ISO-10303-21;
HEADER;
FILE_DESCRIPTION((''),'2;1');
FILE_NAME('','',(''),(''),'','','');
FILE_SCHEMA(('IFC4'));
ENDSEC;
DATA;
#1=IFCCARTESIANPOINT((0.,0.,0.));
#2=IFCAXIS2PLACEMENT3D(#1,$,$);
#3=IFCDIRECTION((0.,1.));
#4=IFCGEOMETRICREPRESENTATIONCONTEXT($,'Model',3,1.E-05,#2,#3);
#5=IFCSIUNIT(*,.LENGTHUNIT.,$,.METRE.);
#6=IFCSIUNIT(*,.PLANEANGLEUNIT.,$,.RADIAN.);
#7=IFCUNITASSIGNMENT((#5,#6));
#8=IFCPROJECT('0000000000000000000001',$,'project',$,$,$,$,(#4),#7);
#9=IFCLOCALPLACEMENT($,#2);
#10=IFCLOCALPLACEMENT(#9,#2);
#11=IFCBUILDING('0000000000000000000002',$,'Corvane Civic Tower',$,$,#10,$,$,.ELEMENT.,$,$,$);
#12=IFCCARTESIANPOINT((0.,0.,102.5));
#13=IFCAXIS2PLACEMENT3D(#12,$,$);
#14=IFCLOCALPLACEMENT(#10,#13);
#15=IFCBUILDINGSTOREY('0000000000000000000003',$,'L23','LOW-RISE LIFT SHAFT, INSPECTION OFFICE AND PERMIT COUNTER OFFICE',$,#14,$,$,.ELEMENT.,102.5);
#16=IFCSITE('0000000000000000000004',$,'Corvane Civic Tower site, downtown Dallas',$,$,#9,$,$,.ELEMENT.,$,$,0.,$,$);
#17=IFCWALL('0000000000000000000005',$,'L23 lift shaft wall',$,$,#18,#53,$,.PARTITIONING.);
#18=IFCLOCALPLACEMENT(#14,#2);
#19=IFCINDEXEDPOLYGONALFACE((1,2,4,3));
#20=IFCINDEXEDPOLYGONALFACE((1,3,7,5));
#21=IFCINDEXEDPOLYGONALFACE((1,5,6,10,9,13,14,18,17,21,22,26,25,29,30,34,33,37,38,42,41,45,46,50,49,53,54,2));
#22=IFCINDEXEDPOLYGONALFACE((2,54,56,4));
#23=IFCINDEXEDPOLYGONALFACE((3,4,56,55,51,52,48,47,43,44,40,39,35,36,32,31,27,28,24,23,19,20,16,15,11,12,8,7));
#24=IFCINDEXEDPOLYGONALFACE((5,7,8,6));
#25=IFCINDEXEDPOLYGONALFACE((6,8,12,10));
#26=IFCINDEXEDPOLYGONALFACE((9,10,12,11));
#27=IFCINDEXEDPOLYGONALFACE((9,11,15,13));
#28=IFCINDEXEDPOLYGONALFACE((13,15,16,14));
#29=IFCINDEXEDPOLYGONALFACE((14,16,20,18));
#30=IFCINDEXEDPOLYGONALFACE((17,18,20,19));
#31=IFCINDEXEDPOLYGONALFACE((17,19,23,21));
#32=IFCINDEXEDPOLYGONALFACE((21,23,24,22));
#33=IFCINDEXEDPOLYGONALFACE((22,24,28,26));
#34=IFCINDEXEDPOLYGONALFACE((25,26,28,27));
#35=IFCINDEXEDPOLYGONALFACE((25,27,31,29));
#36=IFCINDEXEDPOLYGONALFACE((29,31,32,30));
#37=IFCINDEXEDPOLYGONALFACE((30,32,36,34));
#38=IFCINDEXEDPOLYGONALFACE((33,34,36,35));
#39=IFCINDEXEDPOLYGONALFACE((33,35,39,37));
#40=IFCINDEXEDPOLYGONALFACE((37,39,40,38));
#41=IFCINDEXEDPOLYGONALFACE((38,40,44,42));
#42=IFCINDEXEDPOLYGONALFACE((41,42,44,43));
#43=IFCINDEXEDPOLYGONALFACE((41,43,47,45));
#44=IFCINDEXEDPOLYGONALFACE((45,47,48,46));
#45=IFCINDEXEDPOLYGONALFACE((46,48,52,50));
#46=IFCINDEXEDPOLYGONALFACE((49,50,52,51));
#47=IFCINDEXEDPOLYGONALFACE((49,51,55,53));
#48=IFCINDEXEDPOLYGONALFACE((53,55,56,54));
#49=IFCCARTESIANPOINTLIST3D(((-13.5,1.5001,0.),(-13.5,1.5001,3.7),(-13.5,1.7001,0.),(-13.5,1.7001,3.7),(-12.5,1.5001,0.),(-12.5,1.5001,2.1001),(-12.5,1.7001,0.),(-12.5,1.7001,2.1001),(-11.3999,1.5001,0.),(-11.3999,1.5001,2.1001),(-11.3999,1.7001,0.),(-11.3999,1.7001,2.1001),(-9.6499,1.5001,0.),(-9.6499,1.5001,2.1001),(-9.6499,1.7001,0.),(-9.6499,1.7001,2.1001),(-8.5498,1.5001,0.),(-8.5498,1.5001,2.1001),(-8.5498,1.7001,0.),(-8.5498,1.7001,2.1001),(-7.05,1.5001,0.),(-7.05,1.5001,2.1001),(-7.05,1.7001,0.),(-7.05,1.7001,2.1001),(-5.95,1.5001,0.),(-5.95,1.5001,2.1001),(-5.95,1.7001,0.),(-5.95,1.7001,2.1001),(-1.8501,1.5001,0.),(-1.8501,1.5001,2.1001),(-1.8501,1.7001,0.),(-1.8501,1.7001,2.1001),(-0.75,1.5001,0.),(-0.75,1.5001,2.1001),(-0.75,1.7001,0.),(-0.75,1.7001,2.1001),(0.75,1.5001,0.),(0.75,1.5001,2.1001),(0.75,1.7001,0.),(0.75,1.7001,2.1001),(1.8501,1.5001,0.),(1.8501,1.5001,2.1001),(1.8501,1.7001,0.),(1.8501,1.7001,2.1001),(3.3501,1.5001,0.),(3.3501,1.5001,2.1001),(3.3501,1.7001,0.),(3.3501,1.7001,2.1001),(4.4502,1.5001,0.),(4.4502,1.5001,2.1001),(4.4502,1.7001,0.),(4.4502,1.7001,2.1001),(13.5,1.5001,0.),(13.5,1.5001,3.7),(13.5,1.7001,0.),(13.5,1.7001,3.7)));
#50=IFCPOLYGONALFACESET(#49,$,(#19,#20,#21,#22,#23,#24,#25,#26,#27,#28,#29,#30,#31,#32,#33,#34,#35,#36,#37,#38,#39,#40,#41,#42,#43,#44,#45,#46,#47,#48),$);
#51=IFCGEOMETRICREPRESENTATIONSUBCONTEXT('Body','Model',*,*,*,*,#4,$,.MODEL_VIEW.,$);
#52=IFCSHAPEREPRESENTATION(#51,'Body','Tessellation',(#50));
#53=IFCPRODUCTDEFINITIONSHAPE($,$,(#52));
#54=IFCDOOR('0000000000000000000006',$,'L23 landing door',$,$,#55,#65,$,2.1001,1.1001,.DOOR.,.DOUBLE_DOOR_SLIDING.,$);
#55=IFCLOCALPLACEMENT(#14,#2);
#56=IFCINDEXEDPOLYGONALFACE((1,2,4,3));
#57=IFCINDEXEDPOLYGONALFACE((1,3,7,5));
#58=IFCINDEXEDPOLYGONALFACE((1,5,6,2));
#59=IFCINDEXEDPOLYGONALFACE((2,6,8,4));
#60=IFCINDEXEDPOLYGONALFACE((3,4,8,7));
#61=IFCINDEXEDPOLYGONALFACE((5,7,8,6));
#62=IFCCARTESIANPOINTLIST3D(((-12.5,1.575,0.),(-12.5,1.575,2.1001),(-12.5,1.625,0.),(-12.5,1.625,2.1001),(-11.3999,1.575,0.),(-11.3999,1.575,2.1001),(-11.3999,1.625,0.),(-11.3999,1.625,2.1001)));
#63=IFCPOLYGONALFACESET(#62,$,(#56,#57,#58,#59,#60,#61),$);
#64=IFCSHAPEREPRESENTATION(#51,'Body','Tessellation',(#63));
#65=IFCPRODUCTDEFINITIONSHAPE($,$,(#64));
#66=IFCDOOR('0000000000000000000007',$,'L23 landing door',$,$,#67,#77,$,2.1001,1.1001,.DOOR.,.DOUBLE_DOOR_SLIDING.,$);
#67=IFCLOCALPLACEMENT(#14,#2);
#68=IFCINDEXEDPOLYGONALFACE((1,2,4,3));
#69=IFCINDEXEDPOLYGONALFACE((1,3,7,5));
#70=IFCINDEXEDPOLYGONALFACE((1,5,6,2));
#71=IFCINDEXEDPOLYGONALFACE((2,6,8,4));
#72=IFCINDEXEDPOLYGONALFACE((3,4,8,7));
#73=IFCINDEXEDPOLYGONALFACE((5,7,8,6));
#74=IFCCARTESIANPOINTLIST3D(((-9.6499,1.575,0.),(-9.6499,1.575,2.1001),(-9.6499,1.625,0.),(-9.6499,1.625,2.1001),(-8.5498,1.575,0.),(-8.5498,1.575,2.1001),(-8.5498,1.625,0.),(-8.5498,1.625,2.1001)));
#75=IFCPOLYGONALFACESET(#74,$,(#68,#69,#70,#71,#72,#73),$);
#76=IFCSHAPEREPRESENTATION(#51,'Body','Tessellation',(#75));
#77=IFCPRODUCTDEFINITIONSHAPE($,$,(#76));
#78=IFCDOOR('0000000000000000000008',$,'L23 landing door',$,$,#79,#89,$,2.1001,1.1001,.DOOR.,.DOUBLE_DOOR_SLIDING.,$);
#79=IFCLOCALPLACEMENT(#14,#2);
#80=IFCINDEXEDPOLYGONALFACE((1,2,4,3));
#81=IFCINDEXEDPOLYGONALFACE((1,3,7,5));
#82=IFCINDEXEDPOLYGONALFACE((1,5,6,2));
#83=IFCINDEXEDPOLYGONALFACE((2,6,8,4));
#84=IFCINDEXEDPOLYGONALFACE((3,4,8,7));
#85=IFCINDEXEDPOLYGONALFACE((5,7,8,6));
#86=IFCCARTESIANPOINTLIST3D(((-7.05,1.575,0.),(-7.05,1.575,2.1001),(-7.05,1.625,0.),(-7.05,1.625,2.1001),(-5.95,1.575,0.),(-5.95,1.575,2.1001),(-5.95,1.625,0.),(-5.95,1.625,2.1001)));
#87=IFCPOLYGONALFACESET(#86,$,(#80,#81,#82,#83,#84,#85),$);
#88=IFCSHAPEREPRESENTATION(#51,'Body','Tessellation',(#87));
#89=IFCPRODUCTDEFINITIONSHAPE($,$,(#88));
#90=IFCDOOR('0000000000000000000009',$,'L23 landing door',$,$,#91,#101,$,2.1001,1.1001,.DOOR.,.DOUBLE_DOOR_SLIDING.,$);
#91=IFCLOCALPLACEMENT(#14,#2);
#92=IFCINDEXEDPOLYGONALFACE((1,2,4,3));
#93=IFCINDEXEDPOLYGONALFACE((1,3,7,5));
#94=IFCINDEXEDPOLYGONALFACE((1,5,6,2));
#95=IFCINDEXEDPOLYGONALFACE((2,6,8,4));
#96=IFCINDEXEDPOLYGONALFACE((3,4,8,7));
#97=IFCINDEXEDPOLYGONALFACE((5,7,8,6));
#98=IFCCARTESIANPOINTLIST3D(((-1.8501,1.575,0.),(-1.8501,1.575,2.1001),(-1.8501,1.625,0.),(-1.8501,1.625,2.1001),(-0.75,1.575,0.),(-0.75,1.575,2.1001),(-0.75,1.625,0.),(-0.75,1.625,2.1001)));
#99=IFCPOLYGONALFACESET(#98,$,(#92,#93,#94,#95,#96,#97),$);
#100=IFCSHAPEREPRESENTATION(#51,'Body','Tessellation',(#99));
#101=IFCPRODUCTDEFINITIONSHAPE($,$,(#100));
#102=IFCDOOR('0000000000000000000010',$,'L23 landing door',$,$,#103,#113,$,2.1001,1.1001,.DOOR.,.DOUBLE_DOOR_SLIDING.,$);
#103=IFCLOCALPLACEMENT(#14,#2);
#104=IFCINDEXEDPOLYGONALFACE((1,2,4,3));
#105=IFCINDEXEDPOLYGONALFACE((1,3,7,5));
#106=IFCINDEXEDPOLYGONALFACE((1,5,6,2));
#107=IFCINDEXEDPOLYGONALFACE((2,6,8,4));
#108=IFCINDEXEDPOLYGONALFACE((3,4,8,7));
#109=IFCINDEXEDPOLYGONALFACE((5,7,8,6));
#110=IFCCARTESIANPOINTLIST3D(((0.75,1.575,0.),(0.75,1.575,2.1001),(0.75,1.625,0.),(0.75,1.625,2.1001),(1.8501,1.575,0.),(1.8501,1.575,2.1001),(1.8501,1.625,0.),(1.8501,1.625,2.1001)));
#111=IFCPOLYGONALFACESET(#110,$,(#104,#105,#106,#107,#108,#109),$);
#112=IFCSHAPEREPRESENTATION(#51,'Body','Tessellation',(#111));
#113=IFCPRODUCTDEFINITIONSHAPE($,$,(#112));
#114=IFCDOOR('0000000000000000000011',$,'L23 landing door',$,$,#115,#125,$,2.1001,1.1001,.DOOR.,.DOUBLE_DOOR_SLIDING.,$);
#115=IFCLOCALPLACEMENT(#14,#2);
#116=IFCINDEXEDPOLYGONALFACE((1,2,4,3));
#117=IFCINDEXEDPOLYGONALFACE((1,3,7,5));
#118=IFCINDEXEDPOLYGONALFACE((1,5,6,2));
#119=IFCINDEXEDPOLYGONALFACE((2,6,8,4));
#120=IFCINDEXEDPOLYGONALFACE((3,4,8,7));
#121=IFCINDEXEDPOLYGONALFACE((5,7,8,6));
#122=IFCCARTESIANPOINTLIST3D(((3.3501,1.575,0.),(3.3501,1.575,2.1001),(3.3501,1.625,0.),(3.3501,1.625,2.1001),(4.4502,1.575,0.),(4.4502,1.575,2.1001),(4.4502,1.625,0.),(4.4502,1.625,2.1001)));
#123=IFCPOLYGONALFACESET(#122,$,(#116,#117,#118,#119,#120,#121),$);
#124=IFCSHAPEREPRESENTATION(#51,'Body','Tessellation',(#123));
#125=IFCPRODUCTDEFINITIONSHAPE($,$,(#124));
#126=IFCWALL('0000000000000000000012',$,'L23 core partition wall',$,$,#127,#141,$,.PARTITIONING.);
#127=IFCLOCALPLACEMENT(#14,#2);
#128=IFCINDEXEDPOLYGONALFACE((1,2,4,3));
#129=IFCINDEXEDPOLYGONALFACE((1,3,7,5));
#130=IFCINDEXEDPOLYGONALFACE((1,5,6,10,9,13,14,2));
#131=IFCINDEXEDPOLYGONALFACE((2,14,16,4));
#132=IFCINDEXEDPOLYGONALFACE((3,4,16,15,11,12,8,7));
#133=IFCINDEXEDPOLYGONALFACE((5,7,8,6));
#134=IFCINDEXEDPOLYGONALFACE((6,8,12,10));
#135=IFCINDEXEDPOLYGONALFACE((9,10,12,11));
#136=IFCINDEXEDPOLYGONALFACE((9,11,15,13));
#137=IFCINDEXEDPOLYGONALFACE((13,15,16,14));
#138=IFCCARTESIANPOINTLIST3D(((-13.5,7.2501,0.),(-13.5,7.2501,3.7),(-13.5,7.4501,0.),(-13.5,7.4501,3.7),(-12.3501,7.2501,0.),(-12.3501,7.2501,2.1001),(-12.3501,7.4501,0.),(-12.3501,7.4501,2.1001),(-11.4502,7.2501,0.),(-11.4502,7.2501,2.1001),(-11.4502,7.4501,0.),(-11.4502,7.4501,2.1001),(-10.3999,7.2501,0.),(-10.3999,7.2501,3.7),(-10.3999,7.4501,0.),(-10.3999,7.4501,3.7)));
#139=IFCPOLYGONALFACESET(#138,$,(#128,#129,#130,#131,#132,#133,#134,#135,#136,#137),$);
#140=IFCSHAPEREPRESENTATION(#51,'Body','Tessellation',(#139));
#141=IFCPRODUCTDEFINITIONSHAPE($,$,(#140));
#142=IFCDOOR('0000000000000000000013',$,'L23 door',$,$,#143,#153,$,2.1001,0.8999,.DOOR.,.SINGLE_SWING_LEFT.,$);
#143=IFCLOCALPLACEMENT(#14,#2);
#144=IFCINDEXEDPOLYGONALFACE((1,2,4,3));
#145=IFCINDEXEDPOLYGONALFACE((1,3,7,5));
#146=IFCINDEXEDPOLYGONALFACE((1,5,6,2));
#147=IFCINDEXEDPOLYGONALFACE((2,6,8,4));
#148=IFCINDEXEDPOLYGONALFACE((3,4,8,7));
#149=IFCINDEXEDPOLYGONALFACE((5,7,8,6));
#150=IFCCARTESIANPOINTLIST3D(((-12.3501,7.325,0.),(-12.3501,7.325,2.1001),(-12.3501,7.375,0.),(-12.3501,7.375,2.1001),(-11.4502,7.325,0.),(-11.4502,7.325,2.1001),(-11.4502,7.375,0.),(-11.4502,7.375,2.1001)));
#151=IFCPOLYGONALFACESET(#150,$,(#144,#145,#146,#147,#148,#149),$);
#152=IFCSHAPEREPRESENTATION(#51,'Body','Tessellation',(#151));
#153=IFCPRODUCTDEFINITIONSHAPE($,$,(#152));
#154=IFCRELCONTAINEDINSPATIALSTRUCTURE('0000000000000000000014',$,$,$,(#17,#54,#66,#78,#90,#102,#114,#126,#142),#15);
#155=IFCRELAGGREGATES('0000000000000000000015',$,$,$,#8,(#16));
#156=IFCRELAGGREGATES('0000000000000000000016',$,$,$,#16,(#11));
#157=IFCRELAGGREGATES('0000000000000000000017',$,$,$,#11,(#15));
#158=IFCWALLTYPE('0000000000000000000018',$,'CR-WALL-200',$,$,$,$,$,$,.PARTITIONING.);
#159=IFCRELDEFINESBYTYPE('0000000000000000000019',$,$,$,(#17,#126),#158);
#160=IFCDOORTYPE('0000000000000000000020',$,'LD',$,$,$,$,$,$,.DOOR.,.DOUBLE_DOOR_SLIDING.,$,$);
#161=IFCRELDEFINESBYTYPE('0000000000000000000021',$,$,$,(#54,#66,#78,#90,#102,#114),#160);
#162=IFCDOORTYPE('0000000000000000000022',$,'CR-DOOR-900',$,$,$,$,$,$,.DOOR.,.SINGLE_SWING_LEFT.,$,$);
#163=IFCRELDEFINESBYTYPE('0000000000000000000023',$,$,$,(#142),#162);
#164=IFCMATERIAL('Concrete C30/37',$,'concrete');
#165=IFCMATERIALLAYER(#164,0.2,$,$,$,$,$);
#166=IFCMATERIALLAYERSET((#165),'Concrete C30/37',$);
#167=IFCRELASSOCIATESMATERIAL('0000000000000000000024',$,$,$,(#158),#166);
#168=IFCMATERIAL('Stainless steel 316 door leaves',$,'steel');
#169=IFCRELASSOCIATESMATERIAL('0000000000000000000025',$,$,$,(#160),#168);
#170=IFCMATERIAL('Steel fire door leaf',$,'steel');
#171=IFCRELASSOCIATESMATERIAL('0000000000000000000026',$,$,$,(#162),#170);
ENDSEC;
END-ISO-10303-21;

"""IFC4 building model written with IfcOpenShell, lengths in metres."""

from ifc_helpers import new_model, si_unit, direction, frame, frame_2d, origin, place, context, subcontext, project, spatial, rectangle, extrude, material, layer, layer_set, type_object, element, fill, save


model = new_model("IFC4")

# Units and contexts
model_context = context("Model", 3, precision=1e-05, world=origin(), true_north=direction((0.0, 1.0)))
body_context = subcontext(model_context, "Body", "Model", "MODEL_VIEW")
ifc_project = project(units=[si_unit("LENGTHUNIT", "METRE"), si_unit("PLANEANGLEUNIT", "RADIAN")], contexts=[model_context])

# Site, building, storey
site_placement = place(None, origin())
site = spatial("IfcSite", under=ifc_project, at=site_placement, Name="Corvane Civic Tower site, downtown Dallas", CompositionType="ELEMENT", RefElevation=0.0)
building_placement = place(site_placement, origin())
building = spatial("IfcBuilding", under=site, at=building_placement, Name="Corvane Civic Tower", CompositionType="ELEMENT")
storey_placement = place(building_placement, frame((0.0, 0.0, 102.5)))
storey = spatial("IfcBuildingStorey", under=building, at=storey_placement, Name="L23", Description="LOW-RISE LIFT SHAFT, INSPECTION OFFICE AND PERMIT COUNTER OFFICE", CompositionType="ELEMENT", Elevation=102.5)

# Wall, openings, doors
ifc_material_1 = material(Name="Concrete C30/37", Category="concrete")
ifc_layer_1 = layer(ifc_material_1, 0.2)
ifc_layer_set_1 = layer_set([ifc_layer_1], Name="Concrete C30/37")
wall_type_1 = type_object("IfcWallType", Name="CR-WALL-200", PredefinedType="PARTITIONING", material=ifc_layer_set_1)
wall_1_placement = place(storey_placement, frame((-13.5, 1.6001, 0.0), z_axis=(0.0, 0.0, 1.0), x_axis=(1.0, 0.0, 0.0)))
wall_1 = element("IfcWall", 1, at=wall_1_placement, inside=storey, type_object=wall_type_1, Name="L23 lift shaft wall", PredefinedType="PARTITIONING", context=body_context, shape_type="SweptSolid", body=[
    extrude(rectangle(XDim=27.0, YDim=0.2, at=frame_2d((13.5, 0.0))), origin(), (0.0, 0.0, 1.0), 3.7),
])
opening_1_placement = place(wall_1_placement, frame((1.0, 0.0, 0.0)))
opening_1 = element("IfcOpeningElement", 2, at=opening_1_placement, cuts=wall_1, PredefinedType="OPENING", context=body_context, shape_type="SweptSolid", body=[
    extrude(rectangle(XDim=1.1001, YDim=2.1001, at=frame_2d((0.55, 1.05))), frame((0.0, 0.1099, 0.0), z_axis=(0.0, -1.0, 0.0), x_axis=(1.0, 0.0, 0.0)), (0.0, 0.0, 1.0), 0.22),
])
opening_2_placement = place(wall_1_placement, frame((3.8501, 0.0, 0.0)))
opening_2 = element("IfcOpeningElement", 3, at=opening_2_placement, cuts=wall_1, PredefinedType="OPENING", context=body_context, shape_type="SweptSolid", body=[
    extrude(rectangle(XDim=1.1001, YDim=2.1001, at=frame_2d((0.55, 1.05))), frame((0.0, 0.1099, 0.0), z_axis=(0.0, -1.0, 0.0), x_axis=(1.0, 0.0, 0.0)), (0.0, 0.0, 1.0), 0.22),
])
opening_3_placement = place(wall_1_placement, frame((6.45, 0.0, 0.0)))
opening_3 = element("IfcOpeningElement", 4, at=opening_3_placement, cuts=wall_1, PredefinedType="OPENING", context=body_context, shape_type="SweptSolid", body=[
    extrude(rectangle(XDim=1.1001, YDim=2.1001, at=frame_2d((0.55, 1.05))), frame((0.0, 0.1099, 0.0), z_axis=(0.0, -1.0, 0.0), x_axis=(1.0, 0.0, 0.0)), (0.0, 0.0, 1.0), 0.22),
])
opening_4_placement = place(wall_1_placement, frame((11.6499, 0.0, 0.0)))
opening_4 = element("IfcOpeningElement", 5, at=opening_4_placement, cuts=wall_1, PredefinedType="OPENING", context=body_context, shape_type="SweptSolid", body=[
    extrude(rectangle(XDim=1.1001, YDim=2.1001, at=frame_2d((0.55, 1.05))), frame((0.0, 0.1099, 0.0), z_axis=(0.0, -1.0, 0.0), x_axis=(1.0, 0.0, 0.0)), (0.0, 0.0, 1.0), 0.22),
])
opening_5_placement = place(wall_1_placement, frame((14.25, 0.0, 0.0)))
opening_5 = element("IfcOpeningElement", 6, at=opening_5_placement, cuts=wall_1, PredefinedType="OPENING", context=body_context, shape_type="SweptSolid", body=[
    extrude(rectangle(XDim=1.1001, YDim=2.1001, at=frame_2d((0.55, 1.05))), frame((0.0, 0.1099, 0.0), z_axis=(0.0, -1.0, 0.0), x_axis=(1.0, 0.0, 0.0)), (0.0, 0.0, 1.0), 0.22),
])
opening_6_placement = place(wall_1_placement, frame((16.8501, 0.0, 0.0)))
opening_6 = element("IfcOpeningElement", 7, at=opening_6_placement, cuts=wall_1, PredefinedType="OPENING", context=body_context, shape_type="SweptSolid", body=[
    extrude(rectangle(XDim=1.1001, YDim=2.1001, at=frame_2d((0.55, 1.05))), frame((0.0, 0.1099, 0.0), z_axis=(0.0, -1.0, 0.0), x_axis=(1.0, 0.0, 0.0)), (0.0, 0.0, 1.0), 0.22),
])
ifc_material_2 = material(Name="Stainless steel 316 door leaves", Category="steel")
door_type_1 = type_object("IfcDoorType", Name="LD", OperationType="DOUBLE_DOOR_SLIDING", PredefinedType="DOOR", material=ifc_material_2)
door_1_placement = place(opening_1_placement, origin())
door_1 = element("IfcDoor", 8, at=door_1_placement, inside=storey, type_object=door_type_1, Name="L23 landing door", OperationType="DOUBLE_DOOR_SLIDING", OverallHeight=2.1001, OverallWidth=1.1001, PredefinedType="DOOR", context=body_context, shape_type="SweptSolid", body=[
    extrude(rectangle(XDim=1.1001, YDim=2.1001, at=frame_2d((0.55, 1.05))), frame((0.0, 0.0249, 0.0), z_axis=(0.0, -1.0, 0.0), x_axis=(1.0, 0.0, 0.0)), (0.0, 0.0, 1.0), 0.05),
])
fill(opening_1, door_1)
door_2_placement = place(opening_2_placement, origin())
door_2 = element("IfcDoor", 9, at=door_2_placement, inside=storey, type_object=door_type_1, Name="L23 landing door", OperationType="DOUBLE_DOOR_SLIDING", OverallHeight=2.1001, OverallWidth=1.1001, PredefinedType="DOOR", context=body_context, shape_type="SweptSolid", body=[
    extrude(rectangle(XDim=1.1001, YDim=2.1001, at=frame_2d((0.55, 1.05))), frame((0.0, 0.0249, 0.0), z_axis=(0.0, -1.0, 0.0), x_axis=(1.0, 0.0, 0.0)), (0.0, 0.0, 1.0), 0.05),
])
fill(opening_2, door_2)
door_3_placement = place(opening_3_placement, origin())
door_3 = element("IfcDoor", 10, at=door_3_placement, inside=storey, type_object=door_type_1, Name="L23 landing door", OperationType="DOUBLE_DOOR_SLIDING", OverallHeight=2.1001, OverallWidth=1.1001, PredefinedType="DOOR", context=body_context, shape_type="SweptSolid", body=[
    extrude(rectangle(XDim=1.1001, YDim=2.1001, at=frame_2d((0.55, 1.05))), frame((0.0, 0.0249, 0.0), z_axis=(0.0, -1.0, 0.0), x_axis=(1.0, 0.0, 0.0)), (0.0, 0.0, 1.0), 0.05),
])
fill(opening_3, door_3)
door_4_placement = place(opening_4_placement, origin())
door_4 = element("IfcDoor", 11, at=door_4_placement, inside=storey, type_object=door_type_1, Name="L23 landing door", OperationType="DOUBLE_DOOR_SLIDING", OverallHeight=2.1001, OverallWidth=1.1001, PredefinedType="DOOR", context=body_context, shape_type="SweptSolid", body=[
    extrude(rectangle(XDim=1.1001, YDim=2.1001, at=frame_2d((0.55, 1.05))), frame((0.0, 0.0249, 0.0), z_axis=(0.0, -1.0, 0.0), x_axis=(1.0, 0.0, 0.0)), (0.0, 0.0, 1.0), 0.05),
])
fill(opening_4, door_4)
door_5_placement = place(opening_5_placement, origin())
door_5 = element("IfcDoor", 12, at=door_5_placement, inside=storey, type_object=door_type_1, Name="L23 landing door", OperationType="DOUBLE_DOOR_SLIDING", OverallHeight=2.1001, OverallWidth=1.1001, PredefinedType="DOOR", context=body_context, shape_type="SweptSolid", body=[
    extrude(rectangle(XDim=1.1001, YDim=2.1001, at=frame_2d((0.55, 1.05))), frame((0.0, 0.0249, 0.0), z_axis=(0.0, -1.0, 0.0), x_axis=(1.0, 0.0, 0.0)), (0.0, 0.0, 1.0), 0.05),
])
fill(opening_5, door_5)
door_6_placement = place(opening_6_placement, origin())
door_6 = element("IfcDoor", 13, at=door_6_placement, inside=storey, type_object=door_type_1, Name="L23 landing door", OperationType="DOUBLE_DOOR_SLIDING", OverallHeight=2.1001, OverallWidth=1.1001, PredefinedType="DOOR", context=body_context, shape_type="SweptSolid", body=[
    extrude(rectangle(XDim=1.1001, YDim=2.1001, at=frame_2d((0.55, 1.05))), frame((0.0, 0.0249, 0.0), z_axis=(0.0, -1.0, 0.0), x_axis=(1.0, 0.0, 0.0)), (0.0, 0.0, 1.0), 0.05),
])
fill(opening_6, door_6)

# Wall, opening, door
wall_2_placement = place(storey_placement, frame((-13.5, 7.3501, 0.0), z_axis=(0.0, 0.0, 1.0), x_axis=(1.0, 0.0, 0.0)))
wall_2 = element("IfcWall", 14, at=wall_2_placement, inside=storey, type_object=wall_type_1, Name="L23 core partition wall", PredefinedType="PARTITIONING", context=body_context, shape_type="SweptSolid", body=[
    extrude(rectangle(XDim=3.1001, YDim=0.2, at=frame_2d((1.55, 0.0))), origin(), (0.0, 0.0, 1.0), 3.7),
])
opening_7_placement = place(wall_2_placement, frame((1.1499, 0.0, 0.0)))
opening_7 = element("IfcOpeningElement", 15, at=opening_7_placement, cuts=wall_2, PredefinedType="OPENING", context=body_context, shape_type="SweptSolid", body=[
    extrude(rectangle(XDim=0.8999, YDim=2.1001, at=frame_2d((0.45, 1.05))), frame((0.0, 0.1099, 0.0), z_axis=(0.0, -1.0, 0.0), x_axis=(1.0, 0.0, 0.0)), (0.0, 0.0, 1.0), 0.22),
])
ifc_material_3 = material(Name="Steel fire door leaf", Category="steel")
door_type_2 = type_object("IfcDoorType", Name="CR-DOOR-900", OperationType="SINGLE_SWING_LEFT", PredefinedType="DOOR", material=ifc_material_3)
door_7_placement = place(opening_7_placement, origin())
door_7 = element("IfcDoor", 16, at=door_7_placement, inside=storey, type_object=door_type_2, Name="L23 door", OperationType="SINGLE_SWING_LEFT", OverallHeight=2.1001, OverallWidth=0.8999, PredefinedType="DOOR", context=body_context, shape_type="SweptSolid", body=[
    extrude(rectangle(XDim=0.8999, YDim=2.1001, at=frame_2d((0.45, 1.05))), frame((0.0, 0.0249, 0.0), z_axis=(0.0, -1.0, 0.0), x_axis=(1.0, 0.0, 0.0)), (0.0, 0.0, 1.0), 0.05),
])
fill(opening_7, door_7)

save(model, "model.ifc")
